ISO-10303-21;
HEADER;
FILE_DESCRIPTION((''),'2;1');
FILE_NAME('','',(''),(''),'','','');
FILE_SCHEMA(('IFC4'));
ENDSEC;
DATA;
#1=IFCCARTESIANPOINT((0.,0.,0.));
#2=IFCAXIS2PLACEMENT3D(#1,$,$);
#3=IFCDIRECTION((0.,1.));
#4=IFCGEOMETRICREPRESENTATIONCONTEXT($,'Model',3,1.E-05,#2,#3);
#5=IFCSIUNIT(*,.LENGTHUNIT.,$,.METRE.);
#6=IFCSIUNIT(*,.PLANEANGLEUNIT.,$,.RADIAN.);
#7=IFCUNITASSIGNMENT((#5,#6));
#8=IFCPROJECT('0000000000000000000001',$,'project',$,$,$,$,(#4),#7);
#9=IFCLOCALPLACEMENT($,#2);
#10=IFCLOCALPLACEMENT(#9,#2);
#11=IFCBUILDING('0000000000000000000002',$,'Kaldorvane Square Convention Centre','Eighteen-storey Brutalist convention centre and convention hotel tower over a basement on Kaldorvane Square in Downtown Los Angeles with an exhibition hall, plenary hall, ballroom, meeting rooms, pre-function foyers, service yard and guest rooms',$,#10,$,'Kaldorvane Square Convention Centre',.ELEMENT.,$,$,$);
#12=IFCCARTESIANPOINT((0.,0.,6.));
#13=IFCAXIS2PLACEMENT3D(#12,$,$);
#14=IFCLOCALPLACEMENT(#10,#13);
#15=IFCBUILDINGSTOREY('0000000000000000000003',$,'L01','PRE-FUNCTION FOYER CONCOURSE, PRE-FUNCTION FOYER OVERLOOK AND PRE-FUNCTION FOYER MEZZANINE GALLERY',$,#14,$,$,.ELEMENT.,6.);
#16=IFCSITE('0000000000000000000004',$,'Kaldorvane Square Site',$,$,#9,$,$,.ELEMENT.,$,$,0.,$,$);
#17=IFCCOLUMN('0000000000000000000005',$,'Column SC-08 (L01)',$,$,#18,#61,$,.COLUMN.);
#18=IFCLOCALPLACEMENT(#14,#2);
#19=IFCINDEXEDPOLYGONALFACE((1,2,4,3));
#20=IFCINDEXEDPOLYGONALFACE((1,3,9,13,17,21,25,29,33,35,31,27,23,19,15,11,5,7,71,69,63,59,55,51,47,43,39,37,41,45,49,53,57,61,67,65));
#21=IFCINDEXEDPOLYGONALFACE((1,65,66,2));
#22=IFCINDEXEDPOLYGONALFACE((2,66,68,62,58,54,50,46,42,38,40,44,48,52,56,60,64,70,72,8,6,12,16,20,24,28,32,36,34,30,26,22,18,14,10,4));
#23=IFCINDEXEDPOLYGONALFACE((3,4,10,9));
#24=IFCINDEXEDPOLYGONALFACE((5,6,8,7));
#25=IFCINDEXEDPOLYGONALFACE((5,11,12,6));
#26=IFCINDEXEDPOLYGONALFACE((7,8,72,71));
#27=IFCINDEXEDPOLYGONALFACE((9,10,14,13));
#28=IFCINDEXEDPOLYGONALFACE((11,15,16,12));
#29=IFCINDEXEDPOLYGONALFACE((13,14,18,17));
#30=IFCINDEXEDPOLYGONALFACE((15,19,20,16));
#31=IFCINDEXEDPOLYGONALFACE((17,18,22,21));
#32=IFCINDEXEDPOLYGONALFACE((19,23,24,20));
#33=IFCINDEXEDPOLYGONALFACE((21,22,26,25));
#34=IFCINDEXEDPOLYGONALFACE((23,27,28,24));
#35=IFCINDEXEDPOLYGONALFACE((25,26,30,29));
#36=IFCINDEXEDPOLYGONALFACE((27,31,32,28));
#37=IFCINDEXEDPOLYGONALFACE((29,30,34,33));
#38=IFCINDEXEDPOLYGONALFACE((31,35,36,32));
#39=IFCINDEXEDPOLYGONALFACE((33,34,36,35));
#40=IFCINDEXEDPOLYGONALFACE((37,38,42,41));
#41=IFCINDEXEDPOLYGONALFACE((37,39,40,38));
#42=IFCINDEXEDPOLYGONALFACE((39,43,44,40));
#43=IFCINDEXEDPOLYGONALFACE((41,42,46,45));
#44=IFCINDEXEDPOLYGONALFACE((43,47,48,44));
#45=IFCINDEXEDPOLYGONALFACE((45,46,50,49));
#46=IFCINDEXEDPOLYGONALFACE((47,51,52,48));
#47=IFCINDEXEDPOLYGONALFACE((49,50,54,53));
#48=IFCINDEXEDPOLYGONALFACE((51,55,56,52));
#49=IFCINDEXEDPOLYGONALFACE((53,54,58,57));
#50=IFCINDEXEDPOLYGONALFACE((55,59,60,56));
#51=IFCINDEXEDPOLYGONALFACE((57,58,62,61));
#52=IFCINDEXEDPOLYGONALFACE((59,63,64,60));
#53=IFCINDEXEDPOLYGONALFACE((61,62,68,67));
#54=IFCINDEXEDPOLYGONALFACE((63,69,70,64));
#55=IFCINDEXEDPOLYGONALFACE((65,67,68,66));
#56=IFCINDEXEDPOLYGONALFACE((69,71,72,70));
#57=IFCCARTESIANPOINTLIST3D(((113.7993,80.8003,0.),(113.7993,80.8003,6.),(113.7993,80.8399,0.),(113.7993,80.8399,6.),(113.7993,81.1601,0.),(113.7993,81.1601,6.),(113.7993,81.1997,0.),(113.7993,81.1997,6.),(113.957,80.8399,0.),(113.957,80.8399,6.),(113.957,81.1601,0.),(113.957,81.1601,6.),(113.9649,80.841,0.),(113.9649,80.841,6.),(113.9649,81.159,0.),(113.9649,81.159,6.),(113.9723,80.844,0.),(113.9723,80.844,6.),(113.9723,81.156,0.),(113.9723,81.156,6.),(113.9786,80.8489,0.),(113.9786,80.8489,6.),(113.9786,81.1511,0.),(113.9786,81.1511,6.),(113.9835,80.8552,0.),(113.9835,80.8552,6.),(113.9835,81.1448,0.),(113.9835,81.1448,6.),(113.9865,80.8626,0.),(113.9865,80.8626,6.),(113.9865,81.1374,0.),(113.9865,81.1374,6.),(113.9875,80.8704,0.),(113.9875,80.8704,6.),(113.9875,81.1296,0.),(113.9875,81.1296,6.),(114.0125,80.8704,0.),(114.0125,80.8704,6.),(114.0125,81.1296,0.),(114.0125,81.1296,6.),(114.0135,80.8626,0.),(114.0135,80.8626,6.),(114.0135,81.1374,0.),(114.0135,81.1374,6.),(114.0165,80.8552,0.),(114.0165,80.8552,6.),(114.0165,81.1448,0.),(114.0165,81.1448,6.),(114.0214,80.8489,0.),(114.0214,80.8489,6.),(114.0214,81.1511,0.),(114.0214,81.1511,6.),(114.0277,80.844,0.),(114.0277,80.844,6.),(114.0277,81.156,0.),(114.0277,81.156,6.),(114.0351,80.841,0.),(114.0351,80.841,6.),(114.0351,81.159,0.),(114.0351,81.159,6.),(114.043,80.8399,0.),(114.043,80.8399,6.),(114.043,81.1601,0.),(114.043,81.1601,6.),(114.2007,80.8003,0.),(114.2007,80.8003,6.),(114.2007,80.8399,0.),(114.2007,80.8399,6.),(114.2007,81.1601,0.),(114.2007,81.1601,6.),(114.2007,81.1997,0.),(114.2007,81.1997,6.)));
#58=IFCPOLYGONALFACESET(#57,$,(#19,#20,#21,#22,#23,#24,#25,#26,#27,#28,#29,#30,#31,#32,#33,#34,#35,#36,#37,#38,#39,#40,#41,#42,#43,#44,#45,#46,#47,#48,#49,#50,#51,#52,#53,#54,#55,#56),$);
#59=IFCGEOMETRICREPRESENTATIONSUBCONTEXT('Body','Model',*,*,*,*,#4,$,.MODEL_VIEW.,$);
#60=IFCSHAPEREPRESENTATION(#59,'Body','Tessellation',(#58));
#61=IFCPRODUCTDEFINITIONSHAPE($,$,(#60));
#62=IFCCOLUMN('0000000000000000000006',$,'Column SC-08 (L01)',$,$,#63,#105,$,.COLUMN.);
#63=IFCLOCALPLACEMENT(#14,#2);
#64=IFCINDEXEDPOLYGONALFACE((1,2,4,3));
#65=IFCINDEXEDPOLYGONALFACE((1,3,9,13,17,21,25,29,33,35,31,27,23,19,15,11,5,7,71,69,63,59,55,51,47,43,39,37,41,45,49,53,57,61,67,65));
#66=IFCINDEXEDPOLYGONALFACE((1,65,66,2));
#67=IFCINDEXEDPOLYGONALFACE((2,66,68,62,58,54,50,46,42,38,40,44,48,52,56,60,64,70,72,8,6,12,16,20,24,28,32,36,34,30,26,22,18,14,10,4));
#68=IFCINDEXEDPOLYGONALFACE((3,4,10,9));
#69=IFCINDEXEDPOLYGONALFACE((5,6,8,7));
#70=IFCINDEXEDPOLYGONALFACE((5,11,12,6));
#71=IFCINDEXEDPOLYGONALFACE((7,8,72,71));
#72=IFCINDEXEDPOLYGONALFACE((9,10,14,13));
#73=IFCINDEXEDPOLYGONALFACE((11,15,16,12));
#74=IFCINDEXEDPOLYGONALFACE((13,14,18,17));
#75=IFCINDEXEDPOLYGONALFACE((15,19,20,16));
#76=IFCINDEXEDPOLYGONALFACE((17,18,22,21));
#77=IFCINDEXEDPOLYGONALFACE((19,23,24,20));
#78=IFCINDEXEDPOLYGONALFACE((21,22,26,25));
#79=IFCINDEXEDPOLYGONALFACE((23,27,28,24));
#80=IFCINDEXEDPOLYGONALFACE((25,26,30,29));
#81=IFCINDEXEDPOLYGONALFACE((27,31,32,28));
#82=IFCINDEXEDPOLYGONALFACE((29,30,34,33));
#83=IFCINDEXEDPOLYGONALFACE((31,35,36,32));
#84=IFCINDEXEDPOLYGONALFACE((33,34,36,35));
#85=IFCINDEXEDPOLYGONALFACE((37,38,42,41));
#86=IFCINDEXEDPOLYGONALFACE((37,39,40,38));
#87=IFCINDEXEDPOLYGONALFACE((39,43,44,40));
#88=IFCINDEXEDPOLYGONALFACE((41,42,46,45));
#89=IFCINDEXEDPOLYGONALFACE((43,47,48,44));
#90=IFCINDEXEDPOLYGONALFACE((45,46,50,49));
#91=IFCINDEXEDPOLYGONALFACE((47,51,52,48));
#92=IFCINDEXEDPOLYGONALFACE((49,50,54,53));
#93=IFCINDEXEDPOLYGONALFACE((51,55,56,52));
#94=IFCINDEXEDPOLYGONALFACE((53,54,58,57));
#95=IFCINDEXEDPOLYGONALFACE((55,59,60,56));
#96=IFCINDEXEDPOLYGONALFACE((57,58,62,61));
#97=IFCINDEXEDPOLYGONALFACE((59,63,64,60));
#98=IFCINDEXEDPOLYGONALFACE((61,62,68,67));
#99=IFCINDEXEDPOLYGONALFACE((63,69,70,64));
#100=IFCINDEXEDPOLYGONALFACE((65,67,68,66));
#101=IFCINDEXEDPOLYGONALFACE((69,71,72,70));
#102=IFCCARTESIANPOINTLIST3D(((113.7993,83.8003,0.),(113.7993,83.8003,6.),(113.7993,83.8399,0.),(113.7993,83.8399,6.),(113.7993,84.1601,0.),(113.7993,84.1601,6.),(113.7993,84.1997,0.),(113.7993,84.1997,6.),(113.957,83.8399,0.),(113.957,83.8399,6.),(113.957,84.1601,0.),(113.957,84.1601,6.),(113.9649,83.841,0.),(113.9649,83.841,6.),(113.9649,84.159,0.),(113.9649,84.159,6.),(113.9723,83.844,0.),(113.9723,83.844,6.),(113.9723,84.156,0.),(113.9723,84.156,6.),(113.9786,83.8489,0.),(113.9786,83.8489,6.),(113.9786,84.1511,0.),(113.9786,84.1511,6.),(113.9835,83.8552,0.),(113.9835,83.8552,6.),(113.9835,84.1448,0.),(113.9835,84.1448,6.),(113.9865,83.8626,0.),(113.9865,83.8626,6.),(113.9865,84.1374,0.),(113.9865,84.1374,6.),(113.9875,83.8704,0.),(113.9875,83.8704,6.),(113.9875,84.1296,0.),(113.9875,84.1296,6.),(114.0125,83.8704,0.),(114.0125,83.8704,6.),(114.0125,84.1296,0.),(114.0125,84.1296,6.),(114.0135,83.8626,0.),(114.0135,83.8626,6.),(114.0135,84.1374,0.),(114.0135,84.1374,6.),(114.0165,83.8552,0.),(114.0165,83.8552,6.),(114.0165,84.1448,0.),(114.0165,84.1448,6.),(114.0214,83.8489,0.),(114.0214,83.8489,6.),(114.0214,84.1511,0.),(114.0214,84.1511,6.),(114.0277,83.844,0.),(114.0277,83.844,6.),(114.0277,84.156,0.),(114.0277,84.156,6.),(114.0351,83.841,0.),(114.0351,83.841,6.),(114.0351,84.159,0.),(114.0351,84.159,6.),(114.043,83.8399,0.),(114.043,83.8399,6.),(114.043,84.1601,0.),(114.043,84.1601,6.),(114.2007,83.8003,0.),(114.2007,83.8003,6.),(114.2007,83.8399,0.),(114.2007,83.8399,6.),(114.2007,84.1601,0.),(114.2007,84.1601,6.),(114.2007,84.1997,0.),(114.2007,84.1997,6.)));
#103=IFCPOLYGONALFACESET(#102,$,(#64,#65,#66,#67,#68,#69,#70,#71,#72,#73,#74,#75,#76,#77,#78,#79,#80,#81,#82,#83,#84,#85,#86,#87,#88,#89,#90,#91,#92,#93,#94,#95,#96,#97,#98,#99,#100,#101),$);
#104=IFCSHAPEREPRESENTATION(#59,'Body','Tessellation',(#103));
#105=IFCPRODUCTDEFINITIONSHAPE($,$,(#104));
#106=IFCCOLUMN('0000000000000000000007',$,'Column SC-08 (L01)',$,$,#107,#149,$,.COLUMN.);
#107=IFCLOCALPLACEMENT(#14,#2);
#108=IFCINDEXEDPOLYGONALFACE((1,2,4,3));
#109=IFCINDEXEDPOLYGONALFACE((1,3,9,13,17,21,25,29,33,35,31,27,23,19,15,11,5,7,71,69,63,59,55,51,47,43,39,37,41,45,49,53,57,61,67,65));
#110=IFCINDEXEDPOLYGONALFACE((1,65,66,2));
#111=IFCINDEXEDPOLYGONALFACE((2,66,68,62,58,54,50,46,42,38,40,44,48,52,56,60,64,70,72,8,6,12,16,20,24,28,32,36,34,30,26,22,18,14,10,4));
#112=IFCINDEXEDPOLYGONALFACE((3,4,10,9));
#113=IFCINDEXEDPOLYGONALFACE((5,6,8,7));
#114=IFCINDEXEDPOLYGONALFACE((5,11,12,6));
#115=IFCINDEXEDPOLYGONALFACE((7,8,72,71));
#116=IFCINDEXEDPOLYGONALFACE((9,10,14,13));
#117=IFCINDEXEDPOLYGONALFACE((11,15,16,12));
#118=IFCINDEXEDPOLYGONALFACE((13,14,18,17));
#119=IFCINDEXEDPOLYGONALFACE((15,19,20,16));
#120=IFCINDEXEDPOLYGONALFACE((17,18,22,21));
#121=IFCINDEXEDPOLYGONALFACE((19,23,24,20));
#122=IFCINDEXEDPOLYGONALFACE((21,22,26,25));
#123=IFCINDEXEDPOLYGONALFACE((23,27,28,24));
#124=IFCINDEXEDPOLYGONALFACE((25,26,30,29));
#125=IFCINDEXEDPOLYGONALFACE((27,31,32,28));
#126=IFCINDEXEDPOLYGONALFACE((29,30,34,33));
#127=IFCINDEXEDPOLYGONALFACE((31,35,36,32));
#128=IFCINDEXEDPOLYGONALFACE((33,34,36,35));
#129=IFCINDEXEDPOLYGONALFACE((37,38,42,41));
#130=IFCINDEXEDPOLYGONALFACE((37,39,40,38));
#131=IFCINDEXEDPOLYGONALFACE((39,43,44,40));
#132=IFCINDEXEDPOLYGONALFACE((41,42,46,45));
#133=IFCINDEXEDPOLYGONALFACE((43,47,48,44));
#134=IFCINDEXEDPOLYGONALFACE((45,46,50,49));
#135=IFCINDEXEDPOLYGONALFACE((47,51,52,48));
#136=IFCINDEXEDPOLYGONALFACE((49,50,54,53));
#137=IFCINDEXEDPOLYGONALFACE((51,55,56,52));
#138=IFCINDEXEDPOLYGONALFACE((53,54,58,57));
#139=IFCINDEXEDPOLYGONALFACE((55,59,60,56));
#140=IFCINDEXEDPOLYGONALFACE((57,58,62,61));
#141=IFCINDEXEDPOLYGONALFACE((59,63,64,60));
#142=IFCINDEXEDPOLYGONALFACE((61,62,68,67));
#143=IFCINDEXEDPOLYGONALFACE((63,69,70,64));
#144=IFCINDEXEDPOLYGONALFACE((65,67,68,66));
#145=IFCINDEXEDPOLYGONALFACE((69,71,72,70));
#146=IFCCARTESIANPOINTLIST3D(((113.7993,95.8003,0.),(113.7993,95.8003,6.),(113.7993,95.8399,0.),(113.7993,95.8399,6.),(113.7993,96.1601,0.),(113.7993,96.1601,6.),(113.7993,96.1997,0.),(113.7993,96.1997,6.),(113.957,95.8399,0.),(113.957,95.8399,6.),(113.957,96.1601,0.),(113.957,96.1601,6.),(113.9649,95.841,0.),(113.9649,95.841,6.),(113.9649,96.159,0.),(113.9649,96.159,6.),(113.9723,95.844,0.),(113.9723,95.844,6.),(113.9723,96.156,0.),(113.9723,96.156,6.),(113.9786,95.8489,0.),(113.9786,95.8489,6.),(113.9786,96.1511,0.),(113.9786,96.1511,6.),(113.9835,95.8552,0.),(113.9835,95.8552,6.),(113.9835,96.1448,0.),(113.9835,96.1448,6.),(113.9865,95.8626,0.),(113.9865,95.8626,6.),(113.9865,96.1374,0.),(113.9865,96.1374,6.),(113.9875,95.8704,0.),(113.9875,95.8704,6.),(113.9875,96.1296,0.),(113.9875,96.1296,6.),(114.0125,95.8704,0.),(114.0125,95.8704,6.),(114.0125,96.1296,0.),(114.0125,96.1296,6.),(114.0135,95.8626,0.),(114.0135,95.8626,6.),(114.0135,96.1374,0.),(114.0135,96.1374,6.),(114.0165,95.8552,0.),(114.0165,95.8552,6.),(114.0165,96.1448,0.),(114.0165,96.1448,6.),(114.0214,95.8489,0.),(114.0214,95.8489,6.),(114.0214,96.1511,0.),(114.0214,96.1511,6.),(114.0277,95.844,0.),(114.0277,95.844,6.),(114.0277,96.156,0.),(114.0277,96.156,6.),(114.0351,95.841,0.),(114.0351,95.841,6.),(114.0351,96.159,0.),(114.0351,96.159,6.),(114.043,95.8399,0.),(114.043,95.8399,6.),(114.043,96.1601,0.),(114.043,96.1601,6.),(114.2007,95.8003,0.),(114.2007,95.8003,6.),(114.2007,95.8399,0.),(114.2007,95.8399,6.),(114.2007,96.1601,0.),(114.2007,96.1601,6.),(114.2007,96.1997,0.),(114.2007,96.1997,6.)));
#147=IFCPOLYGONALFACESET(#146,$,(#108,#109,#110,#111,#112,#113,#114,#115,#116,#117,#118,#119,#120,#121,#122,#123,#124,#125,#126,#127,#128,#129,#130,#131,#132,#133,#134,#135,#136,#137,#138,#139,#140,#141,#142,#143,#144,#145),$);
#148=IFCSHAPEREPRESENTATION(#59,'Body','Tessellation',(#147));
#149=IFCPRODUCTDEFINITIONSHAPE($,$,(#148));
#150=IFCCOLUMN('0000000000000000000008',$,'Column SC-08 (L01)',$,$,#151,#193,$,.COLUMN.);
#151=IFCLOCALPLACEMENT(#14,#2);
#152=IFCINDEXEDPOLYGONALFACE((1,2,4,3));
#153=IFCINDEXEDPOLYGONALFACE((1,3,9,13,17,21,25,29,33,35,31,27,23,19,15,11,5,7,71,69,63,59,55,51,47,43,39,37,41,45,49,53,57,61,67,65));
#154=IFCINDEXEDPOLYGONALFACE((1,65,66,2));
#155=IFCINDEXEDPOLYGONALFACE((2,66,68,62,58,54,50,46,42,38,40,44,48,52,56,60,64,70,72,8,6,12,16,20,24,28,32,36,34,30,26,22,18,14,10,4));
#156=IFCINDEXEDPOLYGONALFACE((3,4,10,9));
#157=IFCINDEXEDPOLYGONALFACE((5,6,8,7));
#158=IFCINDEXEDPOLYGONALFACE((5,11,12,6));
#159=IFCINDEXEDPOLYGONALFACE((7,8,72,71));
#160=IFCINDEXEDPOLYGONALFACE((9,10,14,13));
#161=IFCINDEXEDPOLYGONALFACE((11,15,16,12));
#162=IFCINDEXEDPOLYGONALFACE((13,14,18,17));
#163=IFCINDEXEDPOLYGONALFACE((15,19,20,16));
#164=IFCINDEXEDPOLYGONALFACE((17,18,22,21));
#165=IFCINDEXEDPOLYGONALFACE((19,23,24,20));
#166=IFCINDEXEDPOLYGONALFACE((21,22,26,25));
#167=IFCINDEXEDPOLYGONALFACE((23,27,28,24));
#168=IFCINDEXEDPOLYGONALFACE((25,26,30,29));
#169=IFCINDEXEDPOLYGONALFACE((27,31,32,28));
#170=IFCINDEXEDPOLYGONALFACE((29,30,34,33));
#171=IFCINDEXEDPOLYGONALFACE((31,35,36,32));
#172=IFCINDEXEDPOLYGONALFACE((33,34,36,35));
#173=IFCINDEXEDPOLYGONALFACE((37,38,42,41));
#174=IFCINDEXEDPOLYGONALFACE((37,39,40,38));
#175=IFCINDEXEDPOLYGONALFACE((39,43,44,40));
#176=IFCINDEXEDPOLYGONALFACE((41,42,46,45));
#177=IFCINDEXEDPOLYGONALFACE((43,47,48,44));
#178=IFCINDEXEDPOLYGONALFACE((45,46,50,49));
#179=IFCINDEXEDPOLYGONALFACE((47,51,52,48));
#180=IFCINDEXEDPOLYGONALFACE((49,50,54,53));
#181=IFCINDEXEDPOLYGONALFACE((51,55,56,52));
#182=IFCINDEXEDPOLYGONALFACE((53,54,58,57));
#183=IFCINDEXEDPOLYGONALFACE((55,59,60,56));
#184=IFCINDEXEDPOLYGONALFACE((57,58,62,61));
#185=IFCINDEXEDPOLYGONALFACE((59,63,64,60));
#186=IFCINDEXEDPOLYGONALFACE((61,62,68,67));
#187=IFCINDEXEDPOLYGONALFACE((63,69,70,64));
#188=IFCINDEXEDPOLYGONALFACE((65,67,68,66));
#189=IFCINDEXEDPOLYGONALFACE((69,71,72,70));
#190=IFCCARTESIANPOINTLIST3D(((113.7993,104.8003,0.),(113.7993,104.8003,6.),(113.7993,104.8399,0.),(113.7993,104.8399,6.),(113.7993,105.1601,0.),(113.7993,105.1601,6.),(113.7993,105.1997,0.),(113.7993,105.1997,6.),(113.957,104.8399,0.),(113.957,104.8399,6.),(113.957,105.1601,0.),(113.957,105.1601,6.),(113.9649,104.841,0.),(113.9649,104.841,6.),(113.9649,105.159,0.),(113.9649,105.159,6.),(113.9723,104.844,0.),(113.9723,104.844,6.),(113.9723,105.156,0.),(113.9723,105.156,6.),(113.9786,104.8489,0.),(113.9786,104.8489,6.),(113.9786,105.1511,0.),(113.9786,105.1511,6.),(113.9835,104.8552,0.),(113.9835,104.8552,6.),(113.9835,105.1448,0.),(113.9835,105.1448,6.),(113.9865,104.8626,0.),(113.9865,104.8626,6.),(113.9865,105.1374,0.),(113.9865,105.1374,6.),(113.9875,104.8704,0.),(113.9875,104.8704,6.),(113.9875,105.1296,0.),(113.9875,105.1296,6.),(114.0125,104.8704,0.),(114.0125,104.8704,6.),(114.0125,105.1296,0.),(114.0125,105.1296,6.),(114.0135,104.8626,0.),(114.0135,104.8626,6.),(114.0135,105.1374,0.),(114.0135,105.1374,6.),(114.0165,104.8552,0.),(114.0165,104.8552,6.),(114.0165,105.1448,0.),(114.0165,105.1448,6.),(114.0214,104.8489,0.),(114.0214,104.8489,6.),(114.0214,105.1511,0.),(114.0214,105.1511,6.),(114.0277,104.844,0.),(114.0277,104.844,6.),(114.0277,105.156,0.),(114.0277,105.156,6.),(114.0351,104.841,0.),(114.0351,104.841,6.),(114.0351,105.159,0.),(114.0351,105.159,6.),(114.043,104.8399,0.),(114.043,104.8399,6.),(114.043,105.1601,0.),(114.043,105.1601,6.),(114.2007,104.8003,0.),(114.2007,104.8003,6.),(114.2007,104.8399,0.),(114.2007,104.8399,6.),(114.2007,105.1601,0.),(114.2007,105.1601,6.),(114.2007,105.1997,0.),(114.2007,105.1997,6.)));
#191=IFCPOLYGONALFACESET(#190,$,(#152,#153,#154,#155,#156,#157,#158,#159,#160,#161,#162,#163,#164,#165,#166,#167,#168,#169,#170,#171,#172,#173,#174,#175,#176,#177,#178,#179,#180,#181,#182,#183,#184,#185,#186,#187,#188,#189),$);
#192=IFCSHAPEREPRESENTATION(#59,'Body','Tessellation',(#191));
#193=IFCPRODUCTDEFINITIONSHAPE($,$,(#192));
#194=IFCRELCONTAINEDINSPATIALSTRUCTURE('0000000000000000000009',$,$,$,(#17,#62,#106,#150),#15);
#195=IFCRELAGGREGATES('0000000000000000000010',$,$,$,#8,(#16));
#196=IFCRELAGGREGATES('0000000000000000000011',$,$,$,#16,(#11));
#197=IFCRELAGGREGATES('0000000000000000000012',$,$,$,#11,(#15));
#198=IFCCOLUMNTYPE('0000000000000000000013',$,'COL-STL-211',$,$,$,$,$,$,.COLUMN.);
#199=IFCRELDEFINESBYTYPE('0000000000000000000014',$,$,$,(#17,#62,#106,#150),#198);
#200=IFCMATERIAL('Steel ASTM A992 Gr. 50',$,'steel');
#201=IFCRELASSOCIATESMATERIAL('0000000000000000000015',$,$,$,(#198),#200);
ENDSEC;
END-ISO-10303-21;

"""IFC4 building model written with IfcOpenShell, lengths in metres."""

from ifc_helpers import new_model, si_unit, direction, frame, origin, origin_2d, place, context, subcontext, project, spatial, i_section, extrude, material, material_profile, profile_set, type_object, element, save


model = new_model("IFC4")

# Units and contexts
model_context = context("Model", 3, precision=1e-05, world=origin(), true_north=direction((0.0, 1.0)))
body_context = subcontext(model_context, "Body", "Model", "MODEL_VIEW")
ifc_project = project(units=[si_unit("LENGTHUNIT", "METRE"), si_unit("PLANEANGLEUNIT", "RADIAN")], contexts=[model_context])

# Site, building, storey
site_placement = place(None, origin())
site = spatial("IfcSite", under=ifc_project, at=site_placement, Name="Kaldorvane Square Site", CompositionType="ELEMENT", RefElevation=0.0)
building_placement = place(site_placement, origin())
building = spatial("IfcBuilding", under=site, at=building_placement, Name="Kaldorvane Square Convention Centre", Description="Eighteen-storey Brutalist convention centre and convention hotel tower over a basement on Kaldorvane Square in Downtown Los Angeles with an exhibition hall, plenary hall, ballroom, meeting rooms, pre-function foyers, service yard and guest rooms", LongName="Kaldorvane Square Convention Centre", CompositionType="ELEMENT")
storey_placement = place(building_placement, frame((0.0, 0.0, 6.0)))
storey = spatial("IfcBuildingStorey", under=building, at=storey_placement, Name="L01", Description="PRE-FUNCTION FOYER CONCOURSE, PRE-FUNCTION FOYER OVERLOOK AND PRE-FUNCTION FOYER MEZZANINE GALLERY", CompositionType="ELEMENT", Elevation=6.0)

# Columns
ifc_material_1 = material(Name="Steel ASTM A992 Gr. 50", Category="steel")
ifc_material_profile_1 = material_profile(ifc_material_1, i_section(OverallWidth=0.4013, OverallDepth=0.3993, WebThickness=0.0249, FlangeThickness=0.0396, FilletRadius=0.0305, at=origin_2d()), Name="W14X211")
ifc_profile_set_1 = profile_set([ifc_material_profile_1], Name="Steel ASTM A992 Gr. 50")
column_type = type_object("IfcColumnType", Name="COL-STL-211", PredefinedType="COLUMN", material=ifc_profile_set_1)
for number, where, z_axis, x_axis, name in (
    (1, (114.0, 81.0, 0.0), (0.0, 0.0, 1.0), (1.0, 0.0, 0.0), "Column SC-08 (L01)"),
    (2, (114.0, 84.0, 0.0), (0.0, 0.0, 1.0), (1.0, 0.0, 0.0), "Column SC-08 (L01)"),
    (3, (114.0, 96.0, 0.0), (0.0, 0.0, 1.0), (1.0, 0.0, 0.0), "Column SC-08 (L01)"),
    (4, (114.0, 105.0, 0.0), (0.0, 0.0, 1.0), (1.0, 0.0, 0.0), "Column SC-08 (L01)"),
):
    element("IfcColumn", number, at=place(storey_placement, frame(where, z_axis=z_axis, x_axis=x_axis)), inside=storey, type_object=column_type, Name=name, PredefinedType="COLUMN", context=body_context, shape_type="SweptSolid", body=[
        extrude(i_section(OverallWidth=0.4013, OverallDepth=0.3993, WebThickness=0.0249, FlangeThickness=0.0396, FilletRadius=0.0305, at=origin_2d()), origin(), (0.0, 0.0, 1.0), 6.0),
    ])

save(model, "model.ifc")
